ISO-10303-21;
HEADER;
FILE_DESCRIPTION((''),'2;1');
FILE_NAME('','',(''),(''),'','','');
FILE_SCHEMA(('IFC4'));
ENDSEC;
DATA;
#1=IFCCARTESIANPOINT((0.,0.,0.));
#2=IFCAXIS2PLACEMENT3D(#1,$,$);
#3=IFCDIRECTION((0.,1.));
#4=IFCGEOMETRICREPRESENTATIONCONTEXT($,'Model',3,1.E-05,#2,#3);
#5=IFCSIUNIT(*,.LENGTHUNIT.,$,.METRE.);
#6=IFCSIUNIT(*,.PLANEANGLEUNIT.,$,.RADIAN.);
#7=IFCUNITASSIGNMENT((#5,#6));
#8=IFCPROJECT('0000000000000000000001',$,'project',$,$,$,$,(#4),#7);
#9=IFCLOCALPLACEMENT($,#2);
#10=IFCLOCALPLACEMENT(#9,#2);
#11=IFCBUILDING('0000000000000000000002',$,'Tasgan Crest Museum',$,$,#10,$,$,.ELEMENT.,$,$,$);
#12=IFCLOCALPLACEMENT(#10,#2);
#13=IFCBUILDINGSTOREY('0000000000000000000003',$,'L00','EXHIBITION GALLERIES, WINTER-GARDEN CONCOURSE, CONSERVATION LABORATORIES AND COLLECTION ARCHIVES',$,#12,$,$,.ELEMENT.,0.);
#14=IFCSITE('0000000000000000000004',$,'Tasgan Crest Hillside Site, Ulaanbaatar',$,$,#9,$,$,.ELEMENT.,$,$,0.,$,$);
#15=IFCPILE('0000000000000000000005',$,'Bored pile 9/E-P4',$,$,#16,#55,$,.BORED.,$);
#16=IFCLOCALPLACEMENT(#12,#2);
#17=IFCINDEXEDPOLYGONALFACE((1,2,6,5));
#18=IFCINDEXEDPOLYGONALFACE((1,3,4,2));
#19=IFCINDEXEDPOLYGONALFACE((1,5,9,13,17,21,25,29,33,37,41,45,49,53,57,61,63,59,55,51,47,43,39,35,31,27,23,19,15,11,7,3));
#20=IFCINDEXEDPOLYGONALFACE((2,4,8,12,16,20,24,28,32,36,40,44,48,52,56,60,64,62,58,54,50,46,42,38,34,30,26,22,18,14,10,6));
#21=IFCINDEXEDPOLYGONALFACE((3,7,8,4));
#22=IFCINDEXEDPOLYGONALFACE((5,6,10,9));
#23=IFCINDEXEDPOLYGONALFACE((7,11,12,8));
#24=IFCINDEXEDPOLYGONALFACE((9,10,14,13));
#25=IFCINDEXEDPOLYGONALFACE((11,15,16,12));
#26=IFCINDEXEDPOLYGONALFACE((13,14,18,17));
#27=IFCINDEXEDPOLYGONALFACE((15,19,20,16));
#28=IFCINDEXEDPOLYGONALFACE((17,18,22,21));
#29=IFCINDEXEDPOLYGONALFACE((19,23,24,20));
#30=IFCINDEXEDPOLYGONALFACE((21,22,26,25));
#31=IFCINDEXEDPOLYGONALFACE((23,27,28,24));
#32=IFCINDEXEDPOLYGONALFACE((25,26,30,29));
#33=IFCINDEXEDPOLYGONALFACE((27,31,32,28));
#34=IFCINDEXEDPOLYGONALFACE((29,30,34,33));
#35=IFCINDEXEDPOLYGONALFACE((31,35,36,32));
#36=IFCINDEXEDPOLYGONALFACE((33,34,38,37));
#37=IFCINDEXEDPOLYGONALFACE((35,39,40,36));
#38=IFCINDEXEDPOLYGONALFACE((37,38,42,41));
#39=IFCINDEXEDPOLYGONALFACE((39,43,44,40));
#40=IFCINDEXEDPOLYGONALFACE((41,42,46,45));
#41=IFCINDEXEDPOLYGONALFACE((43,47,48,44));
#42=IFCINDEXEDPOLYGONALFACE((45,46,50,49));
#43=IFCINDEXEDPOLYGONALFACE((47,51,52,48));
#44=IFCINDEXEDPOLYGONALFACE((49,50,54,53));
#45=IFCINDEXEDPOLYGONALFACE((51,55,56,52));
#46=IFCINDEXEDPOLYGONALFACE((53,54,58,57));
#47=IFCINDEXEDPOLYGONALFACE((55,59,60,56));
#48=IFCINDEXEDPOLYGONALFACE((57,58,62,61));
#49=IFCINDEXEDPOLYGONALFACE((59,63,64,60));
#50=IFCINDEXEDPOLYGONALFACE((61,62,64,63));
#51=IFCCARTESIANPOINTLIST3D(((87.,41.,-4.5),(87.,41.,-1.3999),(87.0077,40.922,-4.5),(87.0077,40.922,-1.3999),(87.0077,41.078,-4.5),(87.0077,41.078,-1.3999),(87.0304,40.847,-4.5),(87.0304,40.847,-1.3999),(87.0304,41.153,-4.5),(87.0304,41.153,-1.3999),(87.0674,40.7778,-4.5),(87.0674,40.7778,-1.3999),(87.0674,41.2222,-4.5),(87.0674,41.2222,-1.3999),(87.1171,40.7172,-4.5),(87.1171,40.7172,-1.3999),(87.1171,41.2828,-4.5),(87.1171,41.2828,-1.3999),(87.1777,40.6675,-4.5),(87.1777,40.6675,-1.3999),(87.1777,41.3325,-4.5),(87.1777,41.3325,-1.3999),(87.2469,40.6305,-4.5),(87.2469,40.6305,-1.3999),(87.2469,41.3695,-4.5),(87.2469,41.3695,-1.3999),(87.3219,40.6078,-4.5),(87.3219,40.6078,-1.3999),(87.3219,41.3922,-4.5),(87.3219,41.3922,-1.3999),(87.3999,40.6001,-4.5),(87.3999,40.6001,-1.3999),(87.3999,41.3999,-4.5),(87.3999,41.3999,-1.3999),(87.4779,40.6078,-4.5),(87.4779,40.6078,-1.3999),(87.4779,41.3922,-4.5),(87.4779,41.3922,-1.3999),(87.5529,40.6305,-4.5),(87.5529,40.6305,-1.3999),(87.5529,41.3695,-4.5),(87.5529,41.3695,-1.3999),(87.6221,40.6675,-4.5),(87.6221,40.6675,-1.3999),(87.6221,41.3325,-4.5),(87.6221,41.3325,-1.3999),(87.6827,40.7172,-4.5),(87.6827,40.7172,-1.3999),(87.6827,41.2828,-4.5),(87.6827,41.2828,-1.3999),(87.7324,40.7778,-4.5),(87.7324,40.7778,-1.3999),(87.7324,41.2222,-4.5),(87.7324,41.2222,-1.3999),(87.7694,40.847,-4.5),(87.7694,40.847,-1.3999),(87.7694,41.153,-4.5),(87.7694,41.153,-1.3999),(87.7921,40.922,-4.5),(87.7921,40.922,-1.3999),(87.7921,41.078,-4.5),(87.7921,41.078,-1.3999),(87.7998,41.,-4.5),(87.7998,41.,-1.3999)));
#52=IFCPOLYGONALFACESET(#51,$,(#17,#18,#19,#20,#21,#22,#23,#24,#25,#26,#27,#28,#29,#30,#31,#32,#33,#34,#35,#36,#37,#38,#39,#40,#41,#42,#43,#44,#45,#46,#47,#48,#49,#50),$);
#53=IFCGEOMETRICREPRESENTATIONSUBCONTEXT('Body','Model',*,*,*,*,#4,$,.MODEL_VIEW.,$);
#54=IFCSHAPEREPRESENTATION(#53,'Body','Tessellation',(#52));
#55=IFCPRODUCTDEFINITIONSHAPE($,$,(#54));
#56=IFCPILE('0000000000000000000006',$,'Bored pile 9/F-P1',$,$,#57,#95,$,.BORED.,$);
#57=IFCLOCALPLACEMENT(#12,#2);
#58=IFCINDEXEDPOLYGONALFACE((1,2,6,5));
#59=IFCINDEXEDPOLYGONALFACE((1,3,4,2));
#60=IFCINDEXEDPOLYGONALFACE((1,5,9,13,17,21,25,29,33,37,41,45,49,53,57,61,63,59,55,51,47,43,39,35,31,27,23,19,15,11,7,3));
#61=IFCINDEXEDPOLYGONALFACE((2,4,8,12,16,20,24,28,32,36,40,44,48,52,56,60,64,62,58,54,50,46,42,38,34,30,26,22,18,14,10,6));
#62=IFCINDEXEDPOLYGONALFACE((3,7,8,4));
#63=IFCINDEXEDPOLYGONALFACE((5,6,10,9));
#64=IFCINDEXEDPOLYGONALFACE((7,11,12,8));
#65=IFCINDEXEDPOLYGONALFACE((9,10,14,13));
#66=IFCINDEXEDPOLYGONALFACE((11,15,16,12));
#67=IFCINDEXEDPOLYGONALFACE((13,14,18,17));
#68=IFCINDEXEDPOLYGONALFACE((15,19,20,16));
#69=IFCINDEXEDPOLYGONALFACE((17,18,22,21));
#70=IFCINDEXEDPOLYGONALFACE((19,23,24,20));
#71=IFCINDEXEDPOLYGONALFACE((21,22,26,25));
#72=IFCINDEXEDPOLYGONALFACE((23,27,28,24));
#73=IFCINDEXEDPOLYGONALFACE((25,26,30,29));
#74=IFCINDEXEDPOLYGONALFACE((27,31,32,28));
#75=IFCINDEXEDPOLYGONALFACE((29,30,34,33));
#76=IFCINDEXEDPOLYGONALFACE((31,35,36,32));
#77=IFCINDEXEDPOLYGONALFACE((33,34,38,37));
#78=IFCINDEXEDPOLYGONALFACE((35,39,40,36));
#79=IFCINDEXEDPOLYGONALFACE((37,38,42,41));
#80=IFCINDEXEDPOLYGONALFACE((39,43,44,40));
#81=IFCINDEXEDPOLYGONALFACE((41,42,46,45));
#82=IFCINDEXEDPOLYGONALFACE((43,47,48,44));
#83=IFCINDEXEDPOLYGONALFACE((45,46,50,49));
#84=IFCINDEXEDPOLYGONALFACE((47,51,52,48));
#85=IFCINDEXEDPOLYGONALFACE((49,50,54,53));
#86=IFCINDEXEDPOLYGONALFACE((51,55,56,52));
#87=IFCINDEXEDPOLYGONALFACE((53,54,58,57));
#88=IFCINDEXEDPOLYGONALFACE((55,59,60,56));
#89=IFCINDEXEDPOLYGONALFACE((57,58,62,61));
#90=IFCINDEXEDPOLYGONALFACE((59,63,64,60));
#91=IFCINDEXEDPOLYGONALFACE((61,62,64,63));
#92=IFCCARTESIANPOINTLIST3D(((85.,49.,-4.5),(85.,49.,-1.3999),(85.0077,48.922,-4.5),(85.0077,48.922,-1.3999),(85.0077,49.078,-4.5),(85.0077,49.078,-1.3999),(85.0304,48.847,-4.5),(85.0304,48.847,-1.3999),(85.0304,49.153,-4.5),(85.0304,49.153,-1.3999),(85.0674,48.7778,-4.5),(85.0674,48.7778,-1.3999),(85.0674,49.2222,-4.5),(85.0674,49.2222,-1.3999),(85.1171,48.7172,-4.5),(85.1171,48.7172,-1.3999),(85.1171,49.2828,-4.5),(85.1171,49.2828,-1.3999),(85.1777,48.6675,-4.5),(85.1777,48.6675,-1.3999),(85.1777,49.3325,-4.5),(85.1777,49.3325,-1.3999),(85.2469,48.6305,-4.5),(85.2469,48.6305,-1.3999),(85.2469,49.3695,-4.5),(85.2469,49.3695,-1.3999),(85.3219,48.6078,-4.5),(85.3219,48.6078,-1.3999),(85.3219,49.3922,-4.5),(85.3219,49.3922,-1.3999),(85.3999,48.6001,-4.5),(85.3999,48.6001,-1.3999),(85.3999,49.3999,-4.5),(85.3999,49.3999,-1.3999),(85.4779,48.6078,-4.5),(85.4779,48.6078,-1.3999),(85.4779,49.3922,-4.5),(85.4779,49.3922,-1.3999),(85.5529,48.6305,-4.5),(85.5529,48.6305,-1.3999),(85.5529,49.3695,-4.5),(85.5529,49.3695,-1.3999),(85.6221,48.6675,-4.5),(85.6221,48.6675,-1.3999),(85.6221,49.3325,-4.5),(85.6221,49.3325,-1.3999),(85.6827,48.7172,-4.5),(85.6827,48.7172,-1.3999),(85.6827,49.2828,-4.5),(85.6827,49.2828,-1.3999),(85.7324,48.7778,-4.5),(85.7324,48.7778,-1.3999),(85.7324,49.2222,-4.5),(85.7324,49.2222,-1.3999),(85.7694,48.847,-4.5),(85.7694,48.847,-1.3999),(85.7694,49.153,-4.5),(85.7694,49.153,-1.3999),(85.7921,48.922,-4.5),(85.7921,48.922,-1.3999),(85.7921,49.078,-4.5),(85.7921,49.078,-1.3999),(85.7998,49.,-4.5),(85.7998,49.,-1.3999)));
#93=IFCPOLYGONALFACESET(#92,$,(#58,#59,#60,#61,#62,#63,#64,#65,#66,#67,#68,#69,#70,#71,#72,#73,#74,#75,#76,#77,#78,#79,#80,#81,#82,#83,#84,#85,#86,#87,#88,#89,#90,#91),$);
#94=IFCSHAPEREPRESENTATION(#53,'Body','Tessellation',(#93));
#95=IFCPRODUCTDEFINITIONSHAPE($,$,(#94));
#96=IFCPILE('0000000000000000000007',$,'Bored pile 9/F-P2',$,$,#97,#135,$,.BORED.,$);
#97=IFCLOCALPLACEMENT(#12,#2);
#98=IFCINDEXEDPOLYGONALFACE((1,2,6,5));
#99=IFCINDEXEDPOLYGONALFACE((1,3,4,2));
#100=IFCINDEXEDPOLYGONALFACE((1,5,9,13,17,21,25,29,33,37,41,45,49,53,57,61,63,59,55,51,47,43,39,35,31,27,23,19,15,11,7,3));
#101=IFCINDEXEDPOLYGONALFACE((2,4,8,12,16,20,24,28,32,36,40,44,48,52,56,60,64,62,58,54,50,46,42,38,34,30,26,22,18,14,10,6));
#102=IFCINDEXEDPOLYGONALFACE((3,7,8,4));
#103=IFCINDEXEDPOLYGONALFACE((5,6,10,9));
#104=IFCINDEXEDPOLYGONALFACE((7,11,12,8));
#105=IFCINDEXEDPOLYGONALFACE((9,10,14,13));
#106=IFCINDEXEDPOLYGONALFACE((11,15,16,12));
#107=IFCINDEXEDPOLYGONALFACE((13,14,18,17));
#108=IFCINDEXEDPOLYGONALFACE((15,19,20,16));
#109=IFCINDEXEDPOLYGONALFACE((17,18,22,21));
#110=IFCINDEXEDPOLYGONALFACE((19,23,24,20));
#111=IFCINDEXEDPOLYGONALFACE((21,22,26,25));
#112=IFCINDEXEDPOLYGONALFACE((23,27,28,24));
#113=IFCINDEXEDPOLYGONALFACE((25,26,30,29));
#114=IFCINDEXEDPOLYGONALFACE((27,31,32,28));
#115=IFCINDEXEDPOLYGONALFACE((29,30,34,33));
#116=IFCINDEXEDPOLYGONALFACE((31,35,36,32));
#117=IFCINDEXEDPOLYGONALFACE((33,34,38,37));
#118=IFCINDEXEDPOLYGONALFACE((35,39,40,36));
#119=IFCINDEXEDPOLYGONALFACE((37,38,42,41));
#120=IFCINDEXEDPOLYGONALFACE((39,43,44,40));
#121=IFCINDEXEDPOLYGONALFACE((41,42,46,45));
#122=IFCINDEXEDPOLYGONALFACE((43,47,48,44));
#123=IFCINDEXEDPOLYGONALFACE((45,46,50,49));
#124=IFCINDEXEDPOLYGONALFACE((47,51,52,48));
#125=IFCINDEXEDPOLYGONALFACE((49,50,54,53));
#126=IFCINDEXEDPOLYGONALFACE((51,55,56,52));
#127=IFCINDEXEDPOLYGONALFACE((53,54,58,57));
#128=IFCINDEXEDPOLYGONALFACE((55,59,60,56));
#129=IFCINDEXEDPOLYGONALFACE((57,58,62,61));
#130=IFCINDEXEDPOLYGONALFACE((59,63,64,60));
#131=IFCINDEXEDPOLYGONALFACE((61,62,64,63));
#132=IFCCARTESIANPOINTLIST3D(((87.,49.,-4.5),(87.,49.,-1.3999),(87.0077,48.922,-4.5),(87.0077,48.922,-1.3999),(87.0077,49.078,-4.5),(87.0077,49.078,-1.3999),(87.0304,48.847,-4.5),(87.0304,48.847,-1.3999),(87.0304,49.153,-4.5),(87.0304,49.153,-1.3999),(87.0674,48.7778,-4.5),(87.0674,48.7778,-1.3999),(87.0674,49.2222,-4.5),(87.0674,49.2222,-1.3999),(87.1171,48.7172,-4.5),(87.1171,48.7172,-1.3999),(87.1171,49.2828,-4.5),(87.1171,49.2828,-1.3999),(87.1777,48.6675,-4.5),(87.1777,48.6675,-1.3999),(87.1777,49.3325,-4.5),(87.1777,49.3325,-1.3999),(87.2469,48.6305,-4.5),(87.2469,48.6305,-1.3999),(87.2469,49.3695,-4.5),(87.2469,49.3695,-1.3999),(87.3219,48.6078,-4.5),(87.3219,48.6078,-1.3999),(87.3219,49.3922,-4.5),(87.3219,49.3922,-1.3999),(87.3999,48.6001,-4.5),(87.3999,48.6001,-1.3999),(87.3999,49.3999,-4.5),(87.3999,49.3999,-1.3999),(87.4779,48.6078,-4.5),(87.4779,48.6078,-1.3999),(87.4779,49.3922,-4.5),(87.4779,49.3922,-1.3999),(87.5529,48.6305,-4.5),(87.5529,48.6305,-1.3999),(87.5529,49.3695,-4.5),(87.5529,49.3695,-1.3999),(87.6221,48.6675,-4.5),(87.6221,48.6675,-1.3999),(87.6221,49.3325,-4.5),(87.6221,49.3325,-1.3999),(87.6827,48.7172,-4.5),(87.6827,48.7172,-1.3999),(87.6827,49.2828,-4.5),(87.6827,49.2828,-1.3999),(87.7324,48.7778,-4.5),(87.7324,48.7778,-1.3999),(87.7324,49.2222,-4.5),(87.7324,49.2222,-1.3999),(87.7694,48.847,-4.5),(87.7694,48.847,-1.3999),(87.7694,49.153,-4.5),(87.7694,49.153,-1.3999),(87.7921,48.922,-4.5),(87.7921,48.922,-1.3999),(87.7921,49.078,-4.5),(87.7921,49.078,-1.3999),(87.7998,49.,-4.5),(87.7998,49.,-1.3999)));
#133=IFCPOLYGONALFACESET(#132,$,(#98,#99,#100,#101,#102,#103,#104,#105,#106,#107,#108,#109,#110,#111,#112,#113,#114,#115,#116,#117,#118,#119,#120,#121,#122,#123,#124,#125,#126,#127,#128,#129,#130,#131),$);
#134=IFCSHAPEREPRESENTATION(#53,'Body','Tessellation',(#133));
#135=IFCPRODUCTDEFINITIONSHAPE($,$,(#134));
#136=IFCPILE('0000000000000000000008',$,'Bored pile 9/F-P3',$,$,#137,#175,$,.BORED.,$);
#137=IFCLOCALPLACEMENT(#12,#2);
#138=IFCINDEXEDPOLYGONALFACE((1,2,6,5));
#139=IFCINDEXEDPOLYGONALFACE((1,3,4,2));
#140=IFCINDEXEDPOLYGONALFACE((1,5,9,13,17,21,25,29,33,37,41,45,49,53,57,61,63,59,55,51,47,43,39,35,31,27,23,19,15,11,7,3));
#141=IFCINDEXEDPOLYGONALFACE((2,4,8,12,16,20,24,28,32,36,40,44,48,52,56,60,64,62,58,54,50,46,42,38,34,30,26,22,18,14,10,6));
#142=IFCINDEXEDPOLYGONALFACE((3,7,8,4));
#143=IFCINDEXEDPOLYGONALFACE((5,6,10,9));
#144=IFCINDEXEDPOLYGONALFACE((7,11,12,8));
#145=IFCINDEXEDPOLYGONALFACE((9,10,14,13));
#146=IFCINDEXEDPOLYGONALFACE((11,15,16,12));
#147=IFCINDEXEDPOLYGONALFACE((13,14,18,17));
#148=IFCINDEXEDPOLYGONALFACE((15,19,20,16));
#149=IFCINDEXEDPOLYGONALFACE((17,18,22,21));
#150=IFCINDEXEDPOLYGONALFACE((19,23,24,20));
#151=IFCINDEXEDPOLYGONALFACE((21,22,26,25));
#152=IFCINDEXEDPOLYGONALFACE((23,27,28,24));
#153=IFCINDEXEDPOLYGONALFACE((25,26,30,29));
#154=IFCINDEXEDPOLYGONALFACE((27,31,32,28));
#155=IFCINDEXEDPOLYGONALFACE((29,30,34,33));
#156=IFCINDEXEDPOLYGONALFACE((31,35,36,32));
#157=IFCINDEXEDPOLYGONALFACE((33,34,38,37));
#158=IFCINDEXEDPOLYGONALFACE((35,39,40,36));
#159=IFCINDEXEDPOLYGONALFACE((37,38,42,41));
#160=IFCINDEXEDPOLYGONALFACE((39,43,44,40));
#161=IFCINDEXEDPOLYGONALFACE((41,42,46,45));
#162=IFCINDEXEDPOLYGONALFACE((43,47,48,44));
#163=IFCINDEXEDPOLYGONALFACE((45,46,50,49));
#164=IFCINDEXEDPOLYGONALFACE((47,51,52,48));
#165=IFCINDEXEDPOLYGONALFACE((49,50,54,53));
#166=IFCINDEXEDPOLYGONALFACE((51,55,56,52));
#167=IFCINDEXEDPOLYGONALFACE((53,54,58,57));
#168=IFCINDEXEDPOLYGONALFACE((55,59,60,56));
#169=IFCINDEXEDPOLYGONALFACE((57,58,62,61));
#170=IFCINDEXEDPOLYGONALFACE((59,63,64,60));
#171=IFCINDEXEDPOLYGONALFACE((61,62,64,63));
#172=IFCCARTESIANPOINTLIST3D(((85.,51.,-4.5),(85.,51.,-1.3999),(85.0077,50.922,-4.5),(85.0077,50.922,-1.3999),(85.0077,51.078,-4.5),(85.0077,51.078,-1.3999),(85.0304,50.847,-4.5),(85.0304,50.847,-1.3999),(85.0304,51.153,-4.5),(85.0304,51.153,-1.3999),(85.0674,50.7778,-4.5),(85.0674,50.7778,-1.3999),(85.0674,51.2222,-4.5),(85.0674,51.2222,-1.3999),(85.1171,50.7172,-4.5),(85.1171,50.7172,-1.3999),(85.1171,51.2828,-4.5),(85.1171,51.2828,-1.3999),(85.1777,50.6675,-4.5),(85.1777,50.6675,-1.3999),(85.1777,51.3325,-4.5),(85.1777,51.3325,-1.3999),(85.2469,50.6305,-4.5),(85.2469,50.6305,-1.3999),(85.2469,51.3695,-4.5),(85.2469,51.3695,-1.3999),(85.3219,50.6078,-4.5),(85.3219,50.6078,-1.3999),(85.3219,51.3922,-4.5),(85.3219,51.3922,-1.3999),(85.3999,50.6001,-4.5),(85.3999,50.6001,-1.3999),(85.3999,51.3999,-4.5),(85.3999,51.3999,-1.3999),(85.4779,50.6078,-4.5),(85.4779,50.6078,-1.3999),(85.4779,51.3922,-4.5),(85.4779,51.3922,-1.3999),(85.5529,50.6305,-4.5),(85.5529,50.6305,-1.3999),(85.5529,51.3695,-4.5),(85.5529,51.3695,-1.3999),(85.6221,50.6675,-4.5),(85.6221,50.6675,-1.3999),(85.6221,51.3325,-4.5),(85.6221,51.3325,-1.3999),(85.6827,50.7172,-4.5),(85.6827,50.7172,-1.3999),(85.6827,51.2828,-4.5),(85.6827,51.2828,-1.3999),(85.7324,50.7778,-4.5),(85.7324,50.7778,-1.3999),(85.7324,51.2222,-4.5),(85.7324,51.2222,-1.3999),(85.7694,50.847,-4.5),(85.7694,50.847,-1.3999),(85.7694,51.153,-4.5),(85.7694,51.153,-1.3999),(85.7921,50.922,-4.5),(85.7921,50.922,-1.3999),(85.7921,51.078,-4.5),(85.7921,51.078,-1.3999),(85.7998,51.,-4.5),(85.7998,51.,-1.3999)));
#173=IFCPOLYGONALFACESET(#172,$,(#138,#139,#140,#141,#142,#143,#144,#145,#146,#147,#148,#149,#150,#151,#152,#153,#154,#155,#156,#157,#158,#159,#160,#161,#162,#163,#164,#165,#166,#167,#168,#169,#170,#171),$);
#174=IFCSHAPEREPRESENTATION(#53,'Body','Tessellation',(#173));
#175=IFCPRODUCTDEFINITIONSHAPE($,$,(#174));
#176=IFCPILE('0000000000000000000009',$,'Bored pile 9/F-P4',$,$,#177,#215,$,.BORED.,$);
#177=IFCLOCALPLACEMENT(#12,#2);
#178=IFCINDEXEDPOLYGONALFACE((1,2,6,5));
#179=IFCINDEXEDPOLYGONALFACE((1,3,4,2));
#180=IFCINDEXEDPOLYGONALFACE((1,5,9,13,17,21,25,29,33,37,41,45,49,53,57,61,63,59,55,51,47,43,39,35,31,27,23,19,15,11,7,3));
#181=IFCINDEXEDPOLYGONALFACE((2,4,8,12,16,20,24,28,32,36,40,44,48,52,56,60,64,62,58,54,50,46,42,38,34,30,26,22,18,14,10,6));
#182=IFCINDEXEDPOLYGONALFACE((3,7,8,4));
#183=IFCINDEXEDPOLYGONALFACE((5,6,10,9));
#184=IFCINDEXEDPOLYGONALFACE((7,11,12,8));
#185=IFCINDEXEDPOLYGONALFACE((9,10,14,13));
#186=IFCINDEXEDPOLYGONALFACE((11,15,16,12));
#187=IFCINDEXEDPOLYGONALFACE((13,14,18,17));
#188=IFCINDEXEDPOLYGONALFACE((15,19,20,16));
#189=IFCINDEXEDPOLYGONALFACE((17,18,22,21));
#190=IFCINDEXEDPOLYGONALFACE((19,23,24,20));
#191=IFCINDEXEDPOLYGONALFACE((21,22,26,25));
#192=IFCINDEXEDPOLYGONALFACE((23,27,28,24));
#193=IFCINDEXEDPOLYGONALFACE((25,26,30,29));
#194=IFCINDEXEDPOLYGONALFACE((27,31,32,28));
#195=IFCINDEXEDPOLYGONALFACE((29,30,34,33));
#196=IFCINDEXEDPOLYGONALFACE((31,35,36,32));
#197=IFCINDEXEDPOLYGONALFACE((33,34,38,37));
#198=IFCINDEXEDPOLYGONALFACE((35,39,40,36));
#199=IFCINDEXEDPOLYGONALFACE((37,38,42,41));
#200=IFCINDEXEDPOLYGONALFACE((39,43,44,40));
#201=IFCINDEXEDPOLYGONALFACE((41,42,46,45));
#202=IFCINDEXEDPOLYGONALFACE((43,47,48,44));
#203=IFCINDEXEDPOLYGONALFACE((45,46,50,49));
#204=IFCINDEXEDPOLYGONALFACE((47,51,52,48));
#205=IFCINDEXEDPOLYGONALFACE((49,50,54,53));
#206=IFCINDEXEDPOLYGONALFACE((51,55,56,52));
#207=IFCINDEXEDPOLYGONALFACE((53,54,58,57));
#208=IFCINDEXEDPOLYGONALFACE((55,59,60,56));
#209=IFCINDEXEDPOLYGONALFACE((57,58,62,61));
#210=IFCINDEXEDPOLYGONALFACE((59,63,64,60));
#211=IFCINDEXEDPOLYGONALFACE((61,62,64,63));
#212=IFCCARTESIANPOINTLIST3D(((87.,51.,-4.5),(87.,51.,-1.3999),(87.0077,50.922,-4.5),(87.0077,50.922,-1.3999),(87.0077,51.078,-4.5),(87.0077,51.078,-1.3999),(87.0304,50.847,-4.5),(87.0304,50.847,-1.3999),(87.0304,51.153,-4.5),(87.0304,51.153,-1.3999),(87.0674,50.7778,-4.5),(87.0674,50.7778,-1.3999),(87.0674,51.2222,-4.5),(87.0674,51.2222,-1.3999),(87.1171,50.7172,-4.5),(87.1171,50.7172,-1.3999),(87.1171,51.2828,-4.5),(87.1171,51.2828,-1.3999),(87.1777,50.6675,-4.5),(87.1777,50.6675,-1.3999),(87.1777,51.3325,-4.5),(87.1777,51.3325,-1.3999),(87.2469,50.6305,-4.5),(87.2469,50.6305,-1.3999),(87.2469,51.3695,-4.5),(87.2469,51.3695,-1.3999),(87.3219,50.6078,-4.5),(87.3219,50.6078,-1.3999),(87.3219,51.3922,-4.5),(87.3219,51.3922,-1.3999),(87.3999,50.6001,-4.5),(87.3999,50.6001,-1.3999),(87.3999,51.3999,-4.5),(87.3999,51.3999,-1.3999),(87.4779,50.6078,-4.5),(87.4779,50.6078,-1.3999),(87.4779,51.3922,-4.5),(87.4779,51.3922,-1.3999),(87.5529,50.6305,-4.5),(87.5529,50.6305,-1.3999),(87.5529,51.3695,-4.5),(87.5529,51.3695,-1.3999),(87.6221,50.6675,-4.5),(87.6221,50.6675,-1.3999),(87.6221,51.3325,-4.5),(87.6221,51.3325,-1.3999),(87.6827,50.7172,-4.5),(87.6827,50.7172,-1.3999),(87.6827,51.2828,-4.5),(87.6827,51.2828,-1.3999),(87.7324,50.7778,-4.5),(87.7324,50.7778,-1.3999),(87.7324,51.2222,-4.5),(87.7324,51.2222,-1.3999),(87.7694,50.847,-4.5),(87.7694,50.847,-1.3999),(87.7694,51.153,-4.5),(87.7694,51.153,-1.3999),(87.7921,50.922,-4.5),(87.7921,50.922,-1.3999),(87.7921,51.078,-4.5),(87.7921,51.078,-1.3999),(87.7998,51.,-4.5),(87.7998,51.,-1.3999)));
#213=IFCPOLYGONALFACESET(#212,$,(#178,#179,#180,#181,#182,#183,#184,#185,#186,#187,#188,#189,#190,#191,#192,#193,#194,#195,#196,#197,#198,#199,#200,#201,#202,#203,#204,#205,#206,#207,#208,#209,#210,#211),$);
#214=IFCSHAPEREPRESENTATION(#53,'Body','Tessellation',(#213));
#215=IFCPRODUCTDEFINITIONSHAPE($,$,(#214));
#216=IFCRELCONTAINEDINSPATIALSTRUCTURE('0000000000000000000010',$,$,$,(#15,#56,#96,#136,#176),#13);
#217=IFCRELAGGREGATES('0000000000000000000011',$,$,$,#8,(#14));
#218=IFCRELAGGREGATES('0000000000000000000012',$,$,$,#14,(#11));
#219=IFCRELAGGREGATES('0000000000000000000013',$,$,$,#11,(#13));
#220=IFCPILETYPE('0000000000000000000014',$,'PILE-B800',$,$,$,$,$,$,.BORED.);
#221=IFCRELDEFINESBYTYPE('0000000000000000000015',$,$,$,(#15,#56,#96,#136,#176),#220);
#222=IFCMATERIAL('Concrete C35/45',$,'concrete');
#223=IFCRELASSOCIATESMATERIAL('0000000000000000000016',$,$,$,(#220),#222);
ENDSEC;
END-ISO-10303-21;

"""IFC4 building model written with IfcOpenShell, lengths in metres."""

from ifc_helpers import new_model, si_unit, direction, frame, origin, origin_2d, place, context, subcontext, project, spatial, circle, extrude, material, material_profile, profile_set, type_object, element, save


model = new_model("IFC4")

# Units and contexts
model_context = context("Model", 3, precision=1e-05, world=origin(), true_north=direction((0.0, 1.0)))
body_context = subcontext(model_context, "Body", "Model", "MODEL_VIEW")
ifc_project = project(units=[si_unit("LENGTHUNIT", "METRE"), si_unit("PLANEANGLEUNIT", "RADIAN")], contexts=[model_context])

# Site, building, storey
site_placement = place(None, origin())
site = spatial("IfcSite", under=ifc_project, at=site_placement, Name="Tasgan Crest Hillside Site, Ulaanbaatar", CompositionType="ELEMENT", RefElevation=0.0)
building_placement = place(site_placement, origin())
building = spatial("IfcBuilding", under=site, at=building_placement, Name="Tasgan Crest Museum", CompositionType="ELEMENT")
storey_placement = place(building_placement, origin())
storey = spatial("IfcBuildingStorey", under=building, at=storey_placement, Name="L00", Description="EXHIBITION GALLERIES, WINTER-GARDEN CONCOURSE, CONSERVATION LABORATORIES AND COLLECTION ARCHIVES", CompositionType="ELEMENT", Elevation=0.0)

# Piles
ifc_material_1 = material(Name="Concrete C35/45", Category="concrete")
ifc_material_profile_1 = material_profile(ifc_material_1, circle(Radius=0.3999, at=origin_2d()), Name="PILE D800")
ifc_profile_set_1 = profile_set([ifc_material_profile_1], Name="Concrete C35/45")
pile_type = type_object("IfcPileType", Name="PILE-B800", PredefinedType="BORED", material=ifc_profile_set_1)
for number, where, z_axis, x_axis, name in (
    (1, (87.3999, 41.0, -1.3999), (0.0, 0.0, -1.0), (1.0, 0.0, 0.0), "Bored pile 9/E-P4"),
    (2, (85.3999, 49.0, -1.3999), (0.0, 0.0, -1.0), (1.0, 0.0, 0.0), "Bored pile 9/F-P1"),
    (3, (87.3999, 49.0, -1.3999), (0.0, 0.0, -1.0), (1.0, 0.0, 0.0), "Bored pile 9/F-P2"),
    (4, (85.3999, 51.0, -1.3999), (0.0, 0.0, -1.0), (1.0, 0.0, 0.0), "Bored pile 9/F-P3"),
    (5, (87.3999, 51.0, -1.3999), (0.0, 0.0, -1.0), (1.0, 0.0, 0.0), "Bored pile 9/F-P4"),
):
    element("IfcPile", number, at=place(storey_placement, frame(where, z_axis=z_axis, x_axis=x_axis)), inside=storey, type_object=pile_type, Name=name, PredefinedType="BORED", context=body_context, shape_type="SweptSolid", body=[
        extrude(circle(Radius=0.3999, at=origin_2d()), origin(), (0.0, 0.0, 1.0), 3.1001),
    ])

save(model, "model.ifc")
